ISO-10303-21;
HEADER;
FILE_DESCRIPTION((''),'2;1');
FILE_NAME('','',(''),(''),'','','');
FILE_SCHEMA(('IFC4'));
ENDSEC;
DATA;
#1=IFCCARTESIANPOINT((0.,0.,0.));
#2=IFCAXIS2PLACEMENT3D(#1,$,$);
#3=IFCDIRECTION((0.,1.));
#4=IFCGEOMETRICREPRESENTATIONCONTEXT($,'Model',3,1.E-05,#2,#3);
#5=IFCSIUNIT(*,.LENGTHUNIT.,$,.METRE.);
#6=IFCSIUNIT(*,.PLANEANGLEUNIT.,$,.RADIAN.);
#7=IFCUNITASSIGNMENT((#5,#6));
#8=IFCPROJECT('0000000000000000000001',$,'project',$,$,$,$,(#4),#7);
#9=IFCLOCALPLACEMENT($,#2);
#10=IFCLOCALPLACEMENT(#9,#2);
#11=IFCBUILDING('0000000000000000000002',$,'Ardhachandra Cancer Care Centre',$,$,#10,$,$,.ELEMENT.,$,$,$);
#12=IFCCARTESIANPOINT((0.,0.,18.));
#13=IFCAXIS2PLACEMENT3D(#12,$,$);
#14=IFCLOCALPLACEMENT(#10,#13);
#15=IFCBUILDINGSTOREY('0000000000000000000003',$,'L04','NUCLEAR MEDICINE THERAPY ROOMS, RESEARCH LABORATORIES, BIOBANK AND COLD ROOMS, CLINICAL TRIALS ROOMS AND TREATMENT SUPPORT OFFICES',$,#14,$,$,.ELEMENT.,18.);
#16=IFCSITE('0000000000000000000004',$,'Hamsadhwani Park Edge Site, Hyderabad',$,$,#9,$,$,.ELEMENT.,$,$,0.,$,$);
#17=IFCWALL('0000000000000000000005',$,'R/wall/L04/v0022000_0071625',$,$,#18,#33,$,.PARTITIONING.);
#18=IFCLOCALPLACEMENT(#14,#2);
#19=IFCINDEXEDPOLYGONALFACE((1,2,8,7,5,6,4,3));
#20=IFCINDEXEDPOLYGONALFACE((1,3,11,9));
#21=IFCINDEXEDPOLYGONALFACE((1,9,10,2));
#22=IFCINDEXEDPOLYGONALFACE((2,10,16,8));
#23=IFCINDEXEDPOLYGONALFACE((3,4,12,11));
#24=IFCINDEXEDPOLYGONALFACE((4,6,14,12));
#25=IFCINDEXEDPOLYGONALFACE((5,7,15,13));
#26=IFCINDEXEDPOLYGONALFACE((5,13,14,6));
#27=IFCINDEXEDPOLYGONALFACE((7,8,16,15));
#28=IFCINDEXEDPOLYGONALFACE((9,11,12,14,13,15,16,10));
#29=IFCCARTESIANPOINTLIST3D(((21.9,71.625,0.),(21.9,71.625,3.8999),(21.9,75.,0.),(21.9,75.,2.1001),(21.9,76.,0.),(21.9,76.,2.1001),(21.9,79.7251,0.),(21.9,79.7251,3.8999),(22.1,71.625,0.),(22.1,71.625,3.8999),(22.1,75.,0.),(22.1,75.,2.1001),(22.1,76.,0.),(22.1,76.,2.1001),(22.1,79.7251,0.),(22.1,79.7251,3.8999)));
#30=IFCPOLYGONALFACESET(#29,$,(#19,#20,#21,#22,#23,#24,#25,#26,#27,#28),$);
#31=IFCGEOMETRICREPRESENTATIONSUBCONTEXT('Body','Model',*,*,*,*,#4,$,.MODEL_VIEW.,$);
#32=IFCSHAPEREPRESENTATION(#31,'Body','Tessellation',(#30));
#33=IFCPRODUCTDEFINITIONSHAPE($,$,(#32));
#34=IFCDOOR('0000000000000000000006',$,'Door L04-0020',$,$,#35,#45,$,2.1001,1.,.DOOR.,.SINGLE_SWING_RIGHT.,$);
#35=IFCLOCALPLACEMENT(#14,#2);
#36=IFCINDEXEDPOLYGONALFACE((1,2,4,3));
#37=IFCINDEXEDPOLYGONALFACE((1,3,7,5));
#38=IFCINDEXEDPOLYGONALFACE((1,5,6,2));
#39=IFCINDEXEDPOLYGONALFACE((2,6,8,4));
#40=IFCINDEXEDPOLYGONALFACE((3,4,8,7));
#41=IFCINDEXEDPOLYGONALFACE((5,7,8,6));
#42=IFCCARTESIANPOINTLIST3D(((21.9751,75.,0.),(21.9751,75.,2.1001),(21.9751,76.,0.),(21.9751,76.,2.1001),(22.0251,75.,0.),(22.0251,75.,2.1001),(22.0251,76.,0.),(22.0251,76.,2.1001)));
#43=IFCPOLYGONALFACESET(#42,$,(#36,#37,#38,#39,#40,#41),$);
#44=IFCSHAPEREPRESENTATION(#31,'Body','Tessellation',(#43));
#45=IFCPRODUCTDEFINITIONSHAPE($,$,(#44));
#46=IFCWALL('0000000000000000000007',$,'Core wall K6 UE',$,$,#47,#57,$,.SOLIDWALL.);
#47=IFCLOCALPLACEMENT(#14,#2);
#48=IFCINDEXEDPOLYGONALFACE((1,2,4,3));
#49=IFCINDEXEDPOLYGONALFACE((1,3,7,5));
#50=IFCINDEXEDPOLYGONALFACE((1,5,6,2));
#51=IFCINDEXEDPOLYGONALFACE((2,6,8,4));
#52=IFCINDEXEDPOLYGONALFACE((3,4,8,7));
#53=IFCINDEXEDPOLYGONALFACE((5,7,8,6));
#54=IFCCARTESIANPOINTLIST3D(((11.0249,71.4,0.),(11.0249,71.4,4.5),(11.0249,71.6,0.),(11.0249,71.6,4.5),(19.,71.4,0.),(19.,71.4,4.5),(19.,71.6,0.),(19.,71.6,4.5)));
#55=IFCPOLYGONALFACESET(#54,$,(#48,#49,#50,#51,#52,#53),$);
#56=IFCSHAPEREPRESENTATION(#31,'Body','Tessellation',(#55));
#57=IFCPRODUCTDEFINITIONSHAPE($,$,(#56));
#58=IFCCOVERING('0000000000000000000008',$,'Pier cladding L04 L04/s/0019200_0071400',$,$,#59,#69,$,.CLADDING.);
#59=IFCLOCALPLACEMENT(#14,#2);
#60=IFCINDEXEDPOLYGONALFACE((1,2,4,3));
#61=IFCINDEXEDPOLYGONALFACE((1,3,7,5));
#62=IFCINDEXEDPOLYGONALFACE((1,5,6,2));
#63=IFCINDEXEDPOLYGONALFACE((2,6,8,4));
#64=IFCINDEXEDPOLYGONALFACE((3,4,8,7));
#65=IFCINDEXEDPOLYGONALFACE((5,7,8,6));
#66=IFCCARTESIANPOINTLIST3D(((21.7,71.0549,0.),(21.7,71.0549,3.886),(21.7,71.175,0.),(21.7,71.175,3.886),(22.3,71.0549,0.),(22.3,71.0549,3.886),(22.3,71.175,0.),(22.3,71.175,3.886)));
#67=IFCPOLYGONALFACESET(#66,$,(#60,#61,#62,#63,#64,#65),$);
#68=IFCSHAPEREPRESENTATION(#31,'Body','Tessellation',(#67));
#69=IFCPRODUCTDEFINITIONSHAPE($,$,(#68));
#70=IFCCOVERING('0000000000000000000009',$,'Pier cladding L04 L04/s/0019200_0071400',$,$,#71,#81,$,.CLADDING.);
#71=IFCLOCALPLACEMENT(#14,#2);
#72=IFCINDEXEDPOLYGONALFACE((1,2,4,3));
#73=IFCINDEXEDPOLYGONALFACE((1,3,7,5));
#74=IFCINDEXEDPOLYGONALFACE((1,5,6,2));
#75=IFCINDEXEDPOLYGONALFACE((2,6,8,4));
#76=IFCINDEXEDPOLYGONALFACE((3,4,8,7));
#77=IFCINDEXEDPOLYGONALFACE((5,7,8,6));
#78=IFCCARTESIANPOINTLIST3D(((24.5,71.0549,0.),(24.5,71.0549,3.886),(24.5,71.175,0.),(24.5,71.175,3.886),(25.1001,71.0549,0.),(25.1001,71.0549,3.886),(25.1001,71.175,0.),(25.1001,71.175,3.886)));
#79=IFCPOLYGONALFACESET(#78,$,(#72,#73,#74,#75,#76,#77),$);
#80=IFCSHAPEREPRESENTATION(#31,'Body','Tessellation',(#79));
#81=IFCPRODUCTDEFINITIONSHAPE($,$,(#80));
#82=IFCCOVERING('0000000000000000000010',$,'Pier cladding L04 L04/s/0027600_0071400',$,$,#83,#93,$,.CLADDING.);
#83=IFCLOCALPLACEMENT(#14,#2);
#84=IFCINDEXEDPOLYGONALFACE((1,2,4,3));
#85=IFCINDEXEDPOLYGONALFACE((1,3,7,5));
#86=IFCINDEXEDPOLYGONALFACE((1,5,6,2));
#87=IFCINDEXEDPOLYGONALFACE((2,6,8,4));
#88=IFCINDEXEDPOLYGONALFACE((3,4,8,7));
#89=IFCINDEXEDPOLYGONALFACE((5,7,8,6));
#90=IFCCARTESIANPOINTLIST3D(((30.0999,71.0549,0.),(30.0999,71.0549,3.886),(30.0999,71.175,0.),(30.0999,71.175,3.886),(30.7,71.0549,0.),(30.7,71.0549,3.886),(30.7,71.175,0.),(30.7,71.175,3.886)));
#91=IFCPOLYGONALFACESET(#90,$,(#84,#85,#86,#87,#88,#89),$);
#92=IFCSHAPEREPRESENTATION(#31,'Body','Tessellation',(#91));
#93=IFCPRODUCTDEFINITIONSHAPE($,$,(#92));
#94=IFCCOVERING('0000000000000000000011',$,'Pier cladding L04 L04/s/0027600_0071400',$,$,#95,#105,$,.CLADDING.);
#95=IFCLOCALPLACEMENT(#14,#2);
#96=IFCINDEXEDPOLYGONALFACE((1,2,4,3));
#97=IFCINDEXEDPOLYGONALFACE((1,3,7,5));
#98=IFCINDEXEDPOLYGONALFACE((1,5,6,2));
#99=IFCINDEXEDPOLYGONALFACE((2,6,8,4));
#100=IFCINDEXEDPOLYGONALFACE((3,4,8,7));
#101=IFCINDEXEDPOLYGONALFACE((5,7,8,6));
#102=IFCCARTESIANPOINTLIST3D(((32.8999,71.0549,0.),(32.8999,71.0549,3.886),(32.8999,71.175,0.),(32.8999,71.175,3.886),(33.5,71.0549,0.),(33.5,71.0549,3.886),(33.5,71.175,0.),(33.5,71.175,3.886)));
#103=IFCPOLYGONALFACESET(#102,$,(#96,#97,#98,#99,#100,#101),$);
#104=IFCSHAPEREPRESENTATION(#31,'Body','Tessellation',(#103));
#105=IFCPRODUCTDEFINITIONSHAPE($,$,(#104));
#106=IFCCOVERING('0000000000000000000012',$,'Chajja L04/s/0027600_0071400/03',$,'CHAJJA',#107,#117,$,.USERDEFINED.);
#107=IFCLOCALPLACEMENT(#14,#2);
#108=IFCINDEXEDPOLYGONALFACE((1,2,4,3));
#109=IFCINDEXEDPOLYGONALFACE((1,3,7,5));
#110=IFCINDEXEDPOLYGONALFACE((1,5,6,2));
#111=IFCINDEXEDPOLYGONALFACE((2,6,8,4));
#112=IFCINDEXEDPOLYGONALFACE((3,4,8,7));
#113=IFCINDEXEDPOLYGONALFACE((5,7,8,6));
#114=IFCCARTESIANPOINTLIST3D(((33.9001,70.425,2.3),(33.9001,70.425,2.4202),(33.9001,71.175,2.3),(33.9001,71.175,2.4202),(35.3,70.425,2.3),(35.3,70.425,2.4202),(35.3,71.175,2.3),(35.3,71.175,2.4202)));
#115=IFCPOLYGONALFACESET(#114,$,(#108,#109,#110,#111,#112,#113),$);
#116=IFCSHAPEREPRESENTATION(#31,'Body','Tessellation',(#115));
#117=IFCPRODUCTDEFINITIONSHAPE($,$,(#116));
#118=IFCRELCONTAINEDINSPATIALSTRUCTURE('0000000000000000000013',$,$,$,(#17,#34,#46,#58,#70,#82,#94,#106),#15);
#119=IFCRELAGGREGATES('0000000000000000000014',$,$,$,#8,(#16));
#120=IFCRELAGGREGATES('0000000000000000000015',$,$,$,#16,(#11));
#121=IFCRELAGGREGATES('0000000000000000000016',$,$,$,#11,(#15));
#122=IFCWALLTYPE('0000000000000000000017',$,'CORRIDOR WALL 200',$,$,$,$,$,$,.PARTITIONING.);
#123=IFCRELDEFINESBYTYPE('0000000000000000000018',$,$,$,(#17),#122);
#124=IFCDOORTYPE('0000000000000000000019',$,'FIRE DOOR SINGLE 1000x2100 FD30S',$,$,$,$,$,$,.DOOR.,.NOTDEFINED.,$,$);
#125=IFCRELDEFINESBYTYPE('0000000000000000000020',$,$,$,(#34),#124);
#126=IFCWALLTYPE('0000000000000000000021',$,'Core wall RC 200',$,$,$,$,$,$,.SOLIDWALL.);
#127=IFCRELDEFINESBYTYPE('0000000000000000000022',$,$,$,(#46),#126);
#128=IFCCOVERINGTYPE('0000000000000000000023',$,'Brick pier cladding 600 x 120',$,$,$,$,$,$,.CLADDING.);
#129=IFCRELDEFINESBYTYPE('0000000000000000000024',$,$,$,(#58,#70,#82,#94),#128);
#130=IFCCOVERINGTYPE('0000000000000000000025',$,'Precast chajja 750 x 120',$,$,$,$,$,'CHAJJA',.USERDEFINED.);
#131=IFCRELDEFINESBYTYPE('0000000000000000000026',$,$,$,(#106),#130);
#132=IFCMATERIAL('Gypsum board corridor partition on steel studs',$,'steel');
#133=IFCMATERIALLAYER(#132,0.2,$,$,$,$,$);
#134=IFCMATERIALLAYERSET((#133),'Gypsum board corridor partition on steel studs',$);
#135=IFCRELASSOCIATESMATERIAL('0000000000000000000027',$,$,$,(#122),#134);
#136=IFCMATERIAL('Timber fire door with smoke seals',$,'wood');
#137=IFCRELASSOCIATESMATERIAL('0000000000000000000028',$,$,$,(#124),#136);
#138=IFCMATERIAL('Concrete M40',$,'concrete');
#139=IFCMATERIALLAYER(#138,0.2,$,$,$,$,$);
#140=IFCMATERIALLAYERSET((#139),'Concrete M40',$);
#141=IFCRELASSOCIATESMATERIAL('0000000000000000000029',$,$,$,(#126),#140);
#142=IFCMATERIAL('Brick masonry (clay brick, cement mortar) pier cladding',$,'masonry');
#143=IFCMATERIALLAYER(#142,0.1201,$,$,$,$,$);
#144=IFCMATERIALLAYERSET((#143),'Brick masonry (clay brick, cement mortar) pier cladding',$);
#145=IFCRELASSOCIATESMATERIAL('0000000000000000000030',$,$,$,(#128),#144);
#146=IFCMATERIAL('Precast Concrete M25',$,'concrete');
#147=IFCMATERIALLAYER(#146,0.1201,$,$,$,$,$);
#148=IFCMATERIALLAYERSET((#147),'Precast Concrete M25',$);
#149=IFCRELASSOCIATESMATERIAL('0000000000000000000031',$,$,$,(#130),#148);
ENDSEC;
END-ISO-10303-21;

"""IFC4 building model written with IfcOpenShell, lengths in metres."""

from ifc_helpers import new_model, si_unit, direction, frame, frame_2d, origin, origin_2d, place, context, subcontext, project, spatial, rectangle, extrude, material, layer, layer_set, type_object, element, fill, save


model = new_model("IFC4")

# Units and contexts
model_context = context("Model", 3, precision=1e-05, world=origin(), true_north=direction((0.0, 1.0)))
body_context = subcontext(model_context, "Body", "Model", "MODEL_VIEW")
ifc_project = project(units=[si_unit("LENGTHUNIT", "METRE"), si_unit("PLANEANGLEUNIT", "RADIAN")], contexts=[model_context])

# Site, building, storey
site_placement = place(None, origin())
site = spatial("IfcSite", under=ifc_project, at=site_placement, Name="Hamsadhwani Park Edge Site, Hyderabad", CompositionType="ELEMENT", RefElevation=0.0)
building_placement = place(site_placement, origin())
building = spatial("IfcBuilding", under=site, at=building_placement, Name="Ardhachandra Cancer Care Centre", CompositionType="ELEMENT")
storey_placement = place(building_placement, frame((0.0, 0.0, 18.0)))
storey = spatial("IfcBuildingStorey", under=building, at=storey_placement, Name="L04", Description="NUCLEAR MEDICINE THERAPY ROOMS, RESEARCH LABORATORIES, BIOBANK AND COLD ROOMS, CLINICAL TRIALS ROOMS AND TREATMENT SUPPORT OFFICES", CompositionType="ELEMENT", Elevation=18.0)

# Wall, opening, door
ifc_material_1 = material(Name="Gypsum board corridor partition on steel studs", Category="steel")
ifc_layer_1 = layer(ifc_material_1, 0.2)
ifc_layer_set_1 = layer_set([ifc_layer_1], Name="Gypsum board corridor partition on steel studs")
wall_type_1 = type_object("IfcWallType", Name="CORRIDOR WALL 200", PredefinedType="PARTITIONING", material=ifc_layer_set_1)
wall_1_placement = place(storey_placement, frame((22.0, 71.625, 0.0), z_axis=(0.0, 0.0, 1.0), x_axis=(0.0, 1.0, 0.0)))
wall_1 = element("IfcWall", 1, at=wall_1_placement, inside=storey, type_object=wall_type_1, Name="R/wall/L04/v0022000_0071625", PredefinedType="PARTITIONING", context=body_context, shape_type="SweptSolid", body=[
    extrude(rectangle(XDim=8.1001, YDim=0.2, at=frame_2d((4.05, 0.0))), origin(), (0.0, 0.0, 1.0), 3.8999),
])
opening_1_placement = place(wall_1_placement, frame((3.375, 0.0, 0.0)))
opening_1 = element("IfcOpeningElement", 2, at=opening_1_placement, cuts=wall_1, PredefinedType="OPENING", context=body_context, shape_type="SweptSolid", body=[
    extrude(rectangle(XDim=1.0, YDim=2.1001, at=frame_2d((0.5, 1.05))), frame((0.0, 0.1099, 0.0), z_axis=(0.0, -1.0, 0.0), x_axis=(1.0, 0.0, 0.0)), (0.0, 0.0, 1.0), 0.22),
])
ifc_material_2 = material(Name="Timber fire door with smoke seals", Category="wood")
door_type = type_object("IfcDoorType", Name="FIRE DOOR SINGLE 1000x2100 FD30S", OperationType="NOTDEFINED", PredefinedType="DOOR", material=ifc_material_2)
door_placement = place(opening_1_placement, origin())
door = element("IfcDoor", 3, at=door_placement, inside=storey, type_object=door_type, Name="Door L04-0020", OperationType="SINGLE_SWING_RIGHT", OverallHeight=2.1001, OverallWidth=1.0, PredefinedType="DOOR", context=body_context, shape_type="SweptSolid", body=[
    extrude(rectangle(XDim=1.0, YDim=2.1001, at=frame_2d((0.5, 1.05))), frame((0.0, 0.0249, 0.0), z_axis=(0.0, -1.0, 0.0), x_axis=(1.0, 0.0, 0.0)), (0.0, 0.0, 1.0), 0.05),
])
fill(opening_1, door)

# Wall
ifc_material_3 = material(Name="Concrete M40", Category="concrete")
ifc_layer_2 = layer(ifc_material_3, 0.2)
ifc_layer_set_2 = layer_set([ifc_layer_2], Name="Concrete M40")
wall_type_2 = type_object("IfcWallType", Name="Core wall RC 200", PredefinedType="SOLIDWALL", material=ifc_layer_set_2)
wall_2_placement = place(storey_placement, frame((19.0, 71.5, 0.0), z_axis=(0.0, 0.0, 1.0), x_axis=(-1.0, 0.0, 0.0)))
element("IfcWall", 4, at=wall_2_placement, inside=storey, type_object=wall_type_2, Name="Core wall K6 UE", PredefinedType="SOLIDWALL", context=body_context, shape_type="SweptSolid", body=[
    extrude(rectangle(XDim=7.9751, YDim=0.2, at=frame_2d((3.9875, 0.0))), origin(), (0.0, 0.0, 1.0), 4.5),
])

# Coverings
ifc_material_4 = material(Name="Brick masonry (clay brick, cement mortar) pier cladding", Category="masonry")
ifc_layer_3 = layer(ifc_material_4, 0.1201)
ifc_layer_set_3 = layer_set([ifc_layer_3], Name="Brick masonry (clay brick, cement mortar) pier cladding")
covering_type_1 = type_object("IfcCoveringType", Name="Brick pier cladding 600 x 120", PredefinedType="CLADDING", material=ifc_layer_set_3)
for number, where, z_axis, x_axis, name in (
    (5, (22.0, 71.115, 0.0), (0.0, 0.0, 1.0), (1.0, 0.0, 0.0), "Pier cladding L04 L04/s/0019200_0071400"),
    (6, (24.8, 71.115, 0.0), (0.0, 0.0, 1.0), (1.0, 0.0, 0.0), "Pier cladding L04 L04/s/0019200_0071400"),
    (7, (30.3999, 71.115, 0.0), (0.0, 0.0, 1.0), (1.0, 0.0, 0.0), "Pier cladding L04 L04/s/0027600_0071400"),
    (8, (33.2, 71.115, 0.0), (0.0, 0.0, 1.0), (1.0, 0.0, 0.0), "Pier cladding L04 L04/s/0027600_0071400"),
):
    element("IfcCovering", number, at=place(storey_placement, frame(where, z_axis=z_axis, x_axis=x_axis)), inside=storey, type_object=covering_type_1, Name=name, PredefinedType="CLADDING", context=body_context, shape_type="SweptSolid", body=[
        extrude(rectangle(XDim=0.6001, YDim=0.1201, at=origin_2d()), origin(), (0.0, 0.0, 1.0), 3.886),
    ])
ifc_material_5 = material(Name="Precast Concrete M25", Category="concrete")
ifc_layer_4 = layer(ifc_material_5, 0.1201)
ifc_layer_set_4 = layer_set([ifc_layer_4], Name="Precast Concrete M25")
covering_type_2 = type_object("IfcCoveringType", Name="Precast chajja 750 x 120", ElementType="CHAJJA", PredefinedType="USERDEFINED", material=ifc_layer_set_4)
covering_placement = place(storey_placement, frame((34.6001, 70.8, 2.3), z_axis=(0.0, 0.0, 1.0), x_axis=(1.0, 0.0, 0.0)))
element("IfcCovering", 9, at=covering_placement, inside=storey, type_object=covering_type_2, Name="Chajja L04/s/0027600_0071400/03", ObjectType="CHAJJA", PredefinedType="USERDEFINED", context=body_context, shape_type="SweptSolid", body=[
    extrude(rectangle(XDim=1.3999, YDim=0.75, at=origin_2d()), origin(), (0.0, 0.0, 1.0), 0.1201),
])

save(model, "model.ifc")
